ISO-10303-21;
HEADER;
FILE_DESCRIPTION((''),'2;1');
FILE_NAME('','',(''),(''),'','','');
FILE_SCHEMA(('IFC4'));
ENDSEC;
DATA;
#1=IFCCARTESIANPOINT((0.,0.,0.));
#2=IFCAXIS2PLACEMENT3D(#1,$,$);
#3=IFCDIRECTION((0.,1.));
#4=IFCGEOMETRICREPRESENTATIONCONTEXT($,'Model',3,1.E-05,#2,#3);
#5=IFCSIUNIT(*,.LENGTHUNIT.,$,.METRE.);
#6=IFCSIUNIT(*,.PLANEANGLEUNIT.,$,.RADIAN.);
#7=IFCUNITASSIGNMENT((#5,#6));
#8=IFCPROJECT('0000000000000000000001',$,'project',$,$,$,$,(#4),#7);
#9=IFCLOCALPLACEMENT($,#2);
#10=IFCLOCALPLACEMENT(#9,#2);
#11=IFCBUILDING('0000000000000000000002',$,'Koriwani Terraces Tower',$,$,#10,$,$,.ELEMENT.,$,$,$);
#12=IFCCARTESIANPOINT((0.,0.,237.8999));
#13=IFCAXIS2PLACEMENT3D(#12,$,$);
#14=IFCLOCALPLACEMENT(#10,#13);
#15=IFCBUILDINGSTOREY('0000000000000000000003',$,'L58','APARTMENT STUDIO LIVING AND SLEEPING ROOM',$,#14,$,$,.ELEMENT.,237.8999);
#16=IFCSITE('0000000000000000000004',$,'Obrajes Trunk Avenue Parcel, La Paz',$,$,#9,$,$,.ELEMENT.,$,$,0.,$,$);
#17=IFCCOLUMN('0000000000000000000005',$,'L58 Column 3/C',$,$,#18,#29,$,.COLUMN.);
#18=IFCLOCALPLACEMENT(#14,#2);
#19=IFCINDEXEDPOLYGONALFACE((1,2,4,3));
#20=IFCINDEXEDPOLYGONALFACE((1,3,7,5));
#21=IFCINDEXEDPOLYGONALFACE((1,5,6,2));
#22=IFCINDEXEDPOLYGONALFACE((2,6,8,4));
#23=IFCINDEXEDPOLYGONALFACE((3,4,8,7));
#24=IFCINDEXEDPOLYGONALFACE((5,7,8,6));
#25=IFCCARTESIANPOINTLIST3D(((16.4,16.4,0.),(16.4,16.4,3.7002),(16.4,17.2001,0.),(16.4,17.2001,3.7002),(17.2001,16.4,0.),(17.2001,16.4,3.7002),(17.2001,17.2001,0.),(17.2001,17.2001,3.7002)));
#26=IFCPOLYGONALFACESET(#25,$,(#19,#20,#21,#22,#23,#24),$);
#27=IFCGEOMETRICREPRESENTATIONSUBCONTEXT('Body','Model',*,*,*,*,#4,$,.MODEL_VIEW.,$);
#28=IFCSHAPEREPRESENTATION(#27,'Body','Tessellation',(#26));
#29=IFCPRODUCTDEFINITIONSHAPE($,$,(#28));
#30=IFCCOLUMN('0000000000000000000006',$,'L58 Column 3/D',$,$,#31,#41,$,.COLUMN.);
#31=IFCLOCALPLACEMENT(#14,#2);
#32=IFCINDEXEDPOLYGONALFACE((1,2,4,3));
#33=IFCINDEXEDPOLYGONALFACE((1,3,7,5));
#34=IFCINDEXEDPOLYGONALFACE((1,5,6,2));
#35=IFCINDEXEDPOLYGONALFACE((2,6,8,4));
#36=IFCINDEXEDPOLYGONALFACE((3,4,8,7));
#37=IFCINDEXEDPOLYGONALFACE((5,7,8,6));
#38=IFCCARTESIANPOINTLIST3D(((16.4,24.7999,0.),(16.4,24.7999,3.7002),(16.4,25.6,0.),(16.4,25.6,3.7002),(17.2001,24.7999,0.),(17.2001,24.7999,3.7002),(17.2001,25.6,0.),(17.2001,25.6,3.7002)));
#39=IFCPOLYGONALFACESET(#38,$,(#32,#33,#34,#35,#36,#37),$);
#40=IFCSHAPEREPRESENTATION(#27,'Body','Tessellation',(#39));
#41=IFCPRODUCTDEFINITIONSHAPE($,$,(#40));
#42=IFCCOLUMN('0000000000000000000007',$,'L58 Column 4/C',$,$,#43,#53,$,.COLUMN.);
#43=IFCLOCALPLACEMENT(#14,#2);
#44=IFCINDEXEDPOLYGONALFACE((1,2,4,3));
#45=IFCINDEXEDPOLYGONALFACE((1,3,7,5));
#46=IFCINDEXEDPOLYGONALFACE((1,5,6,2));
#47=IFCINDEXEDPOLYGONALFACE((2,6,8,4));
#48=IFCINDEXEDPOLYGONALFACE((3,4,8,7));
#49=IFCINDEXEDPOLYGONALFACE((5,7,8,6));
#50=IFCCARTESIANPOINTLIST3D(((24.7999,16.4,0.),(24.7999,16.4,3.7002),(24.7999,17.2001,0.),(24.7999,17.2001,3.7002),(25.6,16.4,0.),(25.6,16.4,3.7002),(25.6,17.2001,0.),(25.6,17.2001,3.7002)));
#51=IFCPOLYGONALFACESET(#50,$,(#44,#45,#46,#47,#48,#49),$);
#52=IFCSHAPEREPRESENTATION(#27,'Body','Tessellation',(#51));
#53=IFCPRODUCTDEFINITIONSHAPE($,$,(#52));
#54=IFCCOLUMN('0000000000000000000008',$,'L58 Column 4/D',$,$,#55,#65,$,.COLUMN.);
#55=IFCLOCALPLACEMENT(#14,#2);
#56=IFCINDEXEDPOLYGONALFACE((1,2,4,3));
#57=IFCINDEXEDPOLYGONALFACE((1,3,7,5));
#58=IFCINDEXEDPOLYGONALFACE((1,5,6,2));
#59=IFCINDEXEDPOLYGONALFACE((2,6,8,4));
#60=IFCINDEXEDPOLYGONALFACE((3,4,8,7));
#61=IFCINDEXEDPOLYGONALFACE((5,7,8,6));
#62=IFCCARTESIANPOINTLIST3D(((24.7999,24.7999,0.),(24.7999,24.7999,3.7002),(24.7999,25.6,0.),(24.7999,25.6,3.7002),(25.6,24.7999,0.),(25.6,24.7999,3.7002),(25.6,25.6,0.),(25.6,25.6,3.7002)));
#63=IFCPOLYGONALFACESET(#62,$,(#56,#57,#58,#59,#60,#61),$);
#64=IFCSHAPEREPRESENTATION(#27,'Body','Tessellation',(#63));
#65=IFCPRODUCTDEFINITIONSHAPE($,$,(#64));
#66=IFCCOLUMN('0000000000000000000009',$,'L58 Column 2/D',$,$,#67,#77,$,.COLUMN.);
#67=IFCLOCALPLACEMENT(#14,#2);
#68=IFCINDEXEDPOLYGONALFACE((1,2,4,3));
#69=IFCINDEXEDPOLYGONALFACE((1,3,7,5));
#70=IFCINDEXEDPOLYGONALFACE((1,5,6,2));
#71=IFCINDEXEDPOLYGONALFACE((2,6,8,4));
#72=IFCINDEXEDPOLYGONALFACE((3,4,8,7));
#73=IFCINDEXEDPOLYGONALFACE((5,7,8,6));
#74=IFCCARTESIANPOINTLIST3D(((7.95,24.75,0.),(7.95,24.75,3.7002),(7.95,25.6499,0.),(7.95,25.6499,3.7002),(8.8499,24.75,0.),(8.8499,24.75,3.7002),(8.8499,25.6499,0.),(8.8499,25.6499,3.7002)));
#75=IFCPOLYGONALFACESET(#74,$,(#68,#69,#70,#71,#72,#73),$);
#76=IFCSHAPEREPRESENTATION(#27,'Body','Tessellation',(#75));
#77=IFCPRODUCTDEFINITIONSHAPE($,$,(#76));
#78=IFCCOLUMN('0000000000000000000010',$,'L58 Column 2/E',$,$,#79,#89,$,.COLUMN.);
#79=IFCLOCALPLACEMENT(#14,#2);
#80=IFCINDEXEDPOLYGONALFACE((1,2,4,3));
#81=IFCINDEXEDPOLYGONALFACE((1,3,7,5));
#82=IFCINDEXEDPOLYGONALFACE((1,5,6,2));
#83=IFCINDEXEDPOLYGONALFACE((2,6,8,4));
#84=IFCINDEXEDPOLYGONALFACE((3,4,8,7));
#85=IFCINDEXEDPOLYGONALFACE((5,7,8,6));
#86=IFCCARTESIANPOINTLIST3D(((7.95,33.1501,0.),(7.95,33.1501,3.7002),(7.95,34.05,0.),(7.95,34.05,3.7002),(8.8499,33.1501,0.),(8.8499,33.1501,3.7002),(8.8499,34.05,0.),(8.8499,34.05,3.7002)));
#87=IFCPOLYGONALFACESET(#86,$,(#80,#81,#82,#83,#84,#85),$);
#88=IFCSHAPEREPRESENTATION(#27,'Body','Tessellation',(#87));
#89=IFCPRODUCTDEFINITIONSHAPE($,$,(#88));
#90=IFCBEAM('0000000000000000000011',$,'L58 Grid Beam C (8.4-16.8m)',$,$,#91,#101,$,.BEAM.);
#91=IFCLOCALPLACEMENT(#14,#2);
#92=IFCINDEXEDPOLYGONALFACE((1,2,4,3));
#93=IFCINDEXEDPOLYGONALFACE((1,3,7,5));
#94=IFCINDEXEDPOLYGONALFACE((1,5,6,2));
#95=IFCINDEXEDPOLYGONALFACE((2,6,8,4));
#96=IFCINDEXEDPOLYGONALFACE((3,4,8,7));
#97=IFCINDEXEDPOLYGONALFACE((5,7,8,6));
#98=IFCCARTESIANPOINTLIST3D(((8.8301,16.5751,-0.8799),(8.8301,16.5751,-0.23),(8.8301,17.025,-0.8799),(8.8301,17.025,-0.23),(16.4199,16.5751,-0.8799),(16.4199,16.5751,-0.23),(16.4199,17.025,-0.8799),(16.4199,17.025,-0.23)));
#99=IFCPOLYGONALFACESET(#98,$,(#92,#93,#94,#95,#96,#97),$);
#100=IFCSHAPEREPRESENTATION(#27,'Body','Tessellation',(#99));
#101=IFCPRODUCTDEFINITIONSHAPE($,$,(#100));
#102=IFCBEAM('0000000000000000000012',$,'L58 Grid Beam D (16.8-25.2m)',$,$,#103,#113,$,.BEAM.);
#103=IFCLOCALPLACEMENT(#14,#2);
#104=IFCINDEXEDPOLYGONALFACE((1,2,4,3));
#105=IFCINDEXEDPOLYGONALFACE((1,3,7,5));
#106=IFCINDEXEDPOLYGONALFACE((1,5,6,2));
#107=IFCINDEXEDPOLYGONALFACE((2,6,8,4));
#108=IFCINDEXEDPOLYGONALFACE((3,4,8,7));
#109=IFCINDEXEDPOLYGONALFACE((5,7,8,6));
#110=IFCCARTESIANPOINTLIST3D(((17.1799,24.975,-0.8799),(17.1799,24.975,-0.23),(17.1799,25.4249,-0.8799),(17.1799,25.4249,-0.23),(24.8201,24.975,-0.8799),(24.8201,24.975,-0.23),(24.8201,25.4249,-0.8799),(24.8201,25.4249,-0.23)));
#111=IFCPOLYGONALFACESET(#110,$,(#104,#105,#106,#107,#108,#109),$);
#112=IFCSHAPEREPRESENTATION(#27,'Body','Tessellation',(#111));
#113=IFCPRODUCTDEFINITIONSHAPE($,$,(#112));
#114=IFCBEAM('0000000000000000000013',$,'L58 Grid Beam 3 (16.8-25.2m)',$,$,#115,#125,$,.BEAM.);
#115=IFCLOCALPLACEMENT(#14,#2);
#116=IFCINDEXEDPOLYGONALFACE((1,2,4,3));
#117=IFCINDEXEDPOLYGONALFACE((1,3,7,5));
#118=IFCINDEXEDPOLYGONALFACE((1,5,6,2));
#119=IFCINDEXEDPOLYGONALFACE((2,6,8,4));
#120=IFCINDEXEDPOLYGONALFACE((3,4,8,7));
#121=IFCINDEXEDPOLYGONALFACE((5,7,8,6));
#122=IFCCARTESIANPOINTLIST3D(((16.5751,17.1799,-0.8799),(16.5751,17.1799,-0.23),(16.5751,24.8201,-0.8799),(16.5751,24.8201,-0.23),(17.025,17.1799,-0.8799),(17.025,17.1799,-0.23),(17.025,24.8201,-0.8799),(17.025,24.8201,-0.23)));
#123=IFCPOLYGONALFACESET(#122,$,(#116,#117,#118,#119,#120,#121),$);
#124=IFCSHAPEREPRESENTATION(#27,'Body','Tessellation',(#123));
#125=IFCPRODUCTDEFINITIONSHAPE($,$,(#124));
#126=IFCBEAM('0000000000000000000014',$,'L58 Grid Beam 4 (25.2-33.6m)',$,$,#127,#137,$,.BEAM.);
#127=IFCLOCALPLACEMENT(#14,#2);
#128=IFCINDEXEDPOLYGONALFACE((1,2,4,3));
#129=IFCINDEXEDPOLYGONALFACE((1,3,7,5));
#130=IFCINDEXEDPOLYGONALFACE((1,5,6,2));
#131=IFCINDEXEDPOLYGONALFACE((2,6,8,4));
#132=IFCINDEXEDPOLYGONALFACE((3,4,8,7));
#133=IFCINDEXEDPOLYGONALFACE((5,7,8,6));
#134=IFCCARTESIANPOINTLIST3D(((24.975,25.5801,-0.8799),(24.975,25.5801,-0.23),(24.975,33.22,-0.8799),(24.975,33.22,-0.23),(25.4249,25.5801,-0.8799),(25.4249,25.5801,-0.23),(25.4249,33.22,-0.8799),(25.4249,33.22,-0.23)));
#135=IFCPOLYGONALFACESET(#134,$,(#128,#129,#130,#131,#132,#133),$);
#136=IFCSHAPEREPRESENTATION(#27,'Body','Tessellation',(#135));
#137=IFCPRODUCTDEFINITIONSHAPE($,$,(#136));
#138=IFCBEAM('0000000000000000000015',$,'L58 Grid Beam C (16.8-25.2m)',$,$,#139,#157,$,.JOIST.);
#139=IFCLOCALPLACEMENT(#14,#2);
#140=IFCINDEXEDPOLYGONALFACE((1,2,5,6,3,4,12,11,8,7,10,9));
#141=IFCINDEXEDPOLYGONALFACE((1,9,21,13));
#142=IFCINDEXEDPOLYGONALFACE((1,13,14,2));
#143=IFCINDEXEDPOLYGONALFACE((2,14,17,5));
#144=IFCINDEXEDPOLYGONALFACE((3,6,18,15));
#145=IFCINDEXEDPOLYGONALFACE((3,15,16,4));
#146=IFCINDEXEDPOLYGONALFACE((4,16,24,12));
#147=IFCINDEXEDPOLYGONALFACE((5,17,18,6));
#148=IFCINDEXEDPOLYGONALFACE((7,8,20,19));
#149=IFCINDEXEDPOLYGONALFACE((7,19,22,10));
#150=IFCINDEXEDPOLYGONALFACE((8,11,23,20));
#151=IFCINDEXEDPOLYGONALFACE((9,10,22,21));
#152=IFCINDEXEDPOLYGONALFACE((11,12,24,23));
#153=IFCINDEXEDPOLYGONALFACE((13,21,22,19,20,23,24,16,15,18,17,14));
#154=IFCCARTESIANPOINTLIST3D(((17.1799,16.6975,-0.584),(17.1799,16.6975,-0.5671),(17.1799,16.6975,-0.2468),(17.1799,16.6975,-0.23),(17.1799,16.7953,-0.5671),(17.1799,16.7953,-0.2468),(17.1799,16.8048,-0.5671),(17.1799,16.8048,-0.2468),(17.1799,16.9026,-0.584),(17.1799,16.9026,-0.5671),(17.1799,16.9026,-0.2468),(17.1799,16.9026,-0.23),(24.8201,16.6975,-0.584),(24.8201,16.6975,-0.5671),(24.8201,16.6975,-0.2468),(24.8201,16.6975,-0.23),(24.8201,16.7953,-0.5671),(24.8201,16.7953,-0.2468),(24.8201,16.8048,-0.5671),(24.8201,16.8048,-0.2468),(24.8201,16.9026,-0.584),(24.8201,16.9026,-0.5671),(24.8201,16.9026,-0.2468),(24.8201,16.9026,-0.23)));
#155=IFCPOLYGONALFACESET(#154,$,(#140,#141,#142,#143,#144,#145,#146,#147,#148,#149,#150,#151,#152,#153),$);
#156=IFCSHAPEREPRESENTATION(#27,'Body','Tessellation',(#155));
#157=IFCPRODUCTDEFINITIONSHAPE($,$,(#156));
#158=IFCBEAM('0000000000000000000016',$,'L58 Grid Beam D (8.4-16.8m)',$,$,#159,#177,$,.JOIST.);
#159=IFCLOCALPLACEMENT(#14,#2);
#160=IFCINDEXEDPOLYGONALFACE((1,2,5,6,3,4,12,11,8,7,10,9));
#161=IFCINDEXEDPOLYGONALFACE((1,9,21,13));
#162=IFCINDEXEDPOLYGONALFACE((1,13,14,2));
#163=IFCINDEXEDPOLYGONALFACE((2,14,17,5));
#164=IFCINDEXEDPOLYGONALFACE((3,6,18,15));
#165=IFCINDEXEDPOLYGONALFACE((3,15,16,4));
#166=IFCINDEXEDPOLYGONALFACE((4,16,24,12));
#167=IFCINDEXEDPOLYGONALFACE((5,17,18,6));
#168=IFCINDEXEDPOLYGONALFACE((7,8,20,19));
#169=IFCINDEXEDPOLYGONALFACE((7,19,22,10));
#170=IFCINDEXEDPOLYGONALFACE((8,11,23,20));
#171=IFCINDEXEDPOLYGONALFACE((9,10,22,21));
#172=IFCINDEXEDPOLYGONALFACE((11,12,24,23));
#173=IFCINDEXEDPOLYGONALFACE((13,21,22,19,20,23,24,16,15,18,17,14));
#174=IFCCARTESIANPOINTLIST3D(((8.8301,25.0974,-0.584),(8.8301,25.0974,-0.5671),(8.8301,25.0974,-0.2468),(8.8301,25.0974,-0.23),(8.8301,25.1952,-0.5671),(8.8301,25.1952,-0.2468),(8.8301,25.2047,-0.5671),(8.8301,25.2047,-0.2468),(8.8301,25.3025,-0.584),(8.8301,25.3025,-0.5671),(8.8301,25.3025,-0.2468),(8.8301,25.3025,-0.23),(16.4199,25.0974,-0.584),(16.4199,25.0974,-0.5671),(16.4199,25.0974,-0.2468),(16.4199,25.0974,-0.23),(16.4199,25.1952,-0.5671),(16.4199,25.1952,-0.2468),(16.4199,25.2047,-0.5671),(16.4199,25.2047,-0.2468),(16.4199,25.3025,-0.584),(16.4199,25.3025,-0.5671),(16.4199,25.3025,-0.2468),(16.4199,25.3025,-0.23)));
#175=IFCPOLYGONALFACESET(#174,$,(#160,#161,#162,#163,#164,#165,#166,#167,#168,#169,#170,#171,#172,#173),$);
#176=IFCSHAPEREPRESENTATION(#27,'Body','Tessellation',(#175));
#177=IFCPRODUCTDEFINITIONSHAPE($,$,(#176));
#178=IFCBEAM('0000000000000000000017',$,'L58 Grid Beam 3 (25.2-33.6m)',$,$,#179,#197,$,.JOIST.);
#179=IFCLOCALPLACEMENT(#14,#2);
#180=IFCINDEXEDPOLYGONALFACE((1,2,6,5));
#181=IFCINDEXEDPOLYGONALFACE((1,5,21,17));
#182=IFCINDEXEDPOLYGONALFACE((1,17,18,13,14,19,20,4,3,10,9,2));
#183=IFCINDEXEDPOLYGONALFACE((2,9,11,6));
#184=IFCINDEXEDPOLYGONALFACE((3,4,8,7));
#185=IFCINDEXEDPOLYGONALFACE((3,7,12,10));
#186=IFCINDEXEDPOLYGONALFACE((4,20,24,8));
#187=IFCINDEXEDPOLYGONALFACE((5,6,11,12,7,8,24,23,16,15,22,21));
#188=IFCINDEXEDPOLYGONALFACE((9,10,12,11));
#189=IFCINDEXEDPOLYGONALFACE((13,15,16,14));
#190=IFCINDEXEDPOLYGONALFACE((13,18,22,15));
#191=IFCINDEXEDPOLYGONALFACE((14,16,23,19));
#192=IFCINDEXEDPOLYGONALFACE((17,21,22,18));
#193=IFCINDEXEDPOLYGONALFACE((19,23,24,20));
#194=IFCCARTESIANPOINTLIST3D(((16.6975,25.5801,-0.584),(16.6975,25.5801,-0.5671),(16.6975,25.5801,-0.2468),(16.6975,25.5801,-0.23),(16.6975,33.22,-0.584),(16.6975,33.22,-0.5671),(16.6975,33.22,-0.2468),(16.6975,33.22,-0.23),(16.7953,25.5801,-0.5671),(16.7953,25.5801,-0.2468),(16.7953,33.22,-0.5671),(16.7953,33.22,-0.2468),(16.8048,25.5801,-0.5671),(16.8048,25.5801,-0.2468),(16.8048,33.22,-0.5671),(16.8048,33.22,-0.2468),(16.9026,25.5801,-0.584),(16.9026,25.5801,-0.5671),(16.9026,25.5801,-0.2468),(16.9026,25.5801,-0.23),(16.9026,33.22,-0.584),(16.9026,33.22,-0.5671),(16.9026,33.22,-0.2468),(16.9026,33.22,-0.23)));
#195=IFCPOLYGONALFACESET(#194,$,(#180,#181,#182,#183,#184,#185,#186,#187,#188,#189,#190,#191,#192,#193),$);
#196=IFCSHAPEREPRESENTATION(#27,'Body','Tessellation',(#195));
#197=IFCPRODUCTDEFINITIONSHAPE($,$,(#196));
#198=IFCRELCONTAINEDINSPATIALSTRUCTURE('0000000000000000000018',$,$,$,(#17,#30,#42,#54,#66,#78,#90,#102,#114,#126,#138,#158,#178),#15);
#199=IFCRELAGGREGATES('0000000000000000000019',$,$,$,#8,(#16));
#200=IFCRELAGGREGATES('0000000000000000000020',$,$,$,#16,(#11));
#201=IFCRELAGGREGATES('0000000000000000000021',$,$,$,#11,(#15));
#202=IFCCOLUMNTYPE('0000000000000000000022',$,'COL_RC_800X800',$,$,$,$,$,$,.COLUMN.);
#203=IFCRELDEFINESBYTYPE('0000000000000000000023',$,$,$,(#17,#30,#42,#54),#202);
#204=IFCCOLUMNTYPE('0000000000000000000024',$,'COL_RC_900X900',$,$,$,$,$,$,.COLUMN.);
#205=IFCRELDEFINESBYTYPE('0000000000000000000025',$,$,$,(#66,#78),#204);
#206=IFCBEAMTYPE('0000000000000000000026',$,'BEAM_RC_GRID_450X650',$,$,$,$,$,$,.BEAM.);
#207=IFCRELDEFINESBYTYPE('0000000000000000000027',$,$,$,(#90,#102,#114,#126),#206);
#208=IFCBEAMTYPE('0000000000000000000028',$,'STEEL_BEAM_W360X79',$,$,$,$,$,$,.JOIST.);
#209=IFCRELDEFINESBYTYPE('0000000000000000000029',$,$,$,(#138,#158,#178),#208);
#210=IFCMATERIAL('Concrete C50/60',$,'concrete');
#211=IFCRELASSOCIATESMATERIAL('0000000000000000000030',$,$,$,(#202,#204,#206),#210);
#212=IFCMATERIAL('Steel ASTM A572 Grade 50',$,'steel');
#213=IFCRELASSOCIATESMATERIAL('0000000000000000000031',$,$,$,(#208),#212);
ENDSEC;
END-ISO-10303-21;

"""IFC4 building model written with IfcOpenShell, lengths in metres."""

from ifc_helpers import new_model, si_unit, direction, frame, origin, origin_2d, place, context, subcontext, project, spatial, rectangle, i_section, extrude, material, material_profile, profile_set, type_object, element, save


model = new_model("IFC4")

# Units and contexts
model_context = context("Model", 3, precision=1e-05, world=origin(), true_north=direction((0.0, 1.0)))
body_context = subcontext(model_context, "Body", "Model", "MODEL_VIEW")
ifc_project = project(units=[si_unit("LENGTHUNIT", "METRE"), si_unit("PLANEANGLEUNIT", "RADIAN")], contexts=[model_context])

# Site, building, storey
site_placement = place(None, origin())
site = spatial("IfcSite", under=ifc_project, at=site_placement, Name="Obrajes Trunk Avenue Parcel, La Paz", CompositionType="ELEMENT", RefElevation=0.0)
building_placement = place(site_placement, origin())
building = spatial("IfcBuilding", under=site, at=building_placement, Name="Koriwani Terraces Tower", CompositionType="ELEMENT")
storey_placement = place(building_placement, frame((0.0, 0.0, 237.8999)))
storey = spatial("IfcBuildingStorey", under=building, at=storey_placement, Name="L58", Description="APARTMENT STUDIO LIVING AND SLEEPING ROOM", CompositionType="ELEMENT", Elevation=237.8999)

# Columns
ifc_material_1 = material(Name="Concrete C50/60", Category="concrete")
ifc_material_profile_1 = material_profile(ifc_material_1, rectangle(XDim=0.8, YDim=0.8, at=origin_2d()), Name="Concrete C50/60", Category="LoadBearing")
ifc_profile_set_1 = profile_set([ifc_material_profile_1], Name="Concrete C50/60")
column_type_1 = type_object("IfcColumnType", Name="COL_RC_800X800", PredefinedType="COLUMN", material=ifc_profile_set_1)
for number, where, z_axis, x_axis, name in (
    (1, (16.8, 16.8, 0.0), (0.0, 0.0, 1.0), (1.0, 0.0, 0.0), "L58 Column 3/C"),
    (2, (16.8, 25.2, 0.0), (0.0, 0.0, 1.0), (1.0, 0.0, 0.0), "L58 Column 3/D"),
    (3, (25.2, 16.8, 0.0), (0.0, 0.0, 1.0), (1.0, 0.0, 0.0), "L58 Column 4/C"),
    (4, (25.2, 25.2, 0.0), (0.0, 0.0, 1.0), (1.0, 0.0, 0.0), "L58 Column 4/D"),
):
    element("IfcColumn", number, at=place(storey_placement, frame(where, z_axis=z_axis, x_axis=x_axis)), inside=storey, type_object=column_type_1, Name=name, PredefinedType="COLUMN", context=body_context, shape_type="SweptSolid", body=[
        extrude(rectangle(XDim=0.8, YDim=0.8, at=origin_2d()), origin(), (0.0, 0.0, 1.0), 3.7002),
    ])
ifc_material_profile_2 = material_profile(ifc_material_1, rectangle(XDim=0.8999, YDim=0.8999, at=origin_2d()), Name="Concrete C50/60", Category="LoadBearing")
ifc_profile_set_2 = profile_set([ifc_material_profile_2], Name="Concrete C50/60")
column_type_2 = type_object("IfcColumnType", Name="COL_RC_900X900", PredefinedType="COLUMN", material=ifc_profile_set_2)
for number, where, z_axis, x_axis, name in (
    (5, (8.3999, 25.2, 0.0), (0.0, 0.0, 1.0), (1.0, 0.0, 0.0), "L58 Column 2/D"),
    (6, (8.3999, 33.6001, 0.0), (0.0, 0.0, 1.0), (1.0, 0.0, 0.0), "L58 Column 2/E"),
):
    element("IfcColumn", number, at=place(storey_placement, frame(where, z_axis=z_axis, x_axis=x_axis)), inside=storey, type_object=column_type_2, Name=name, PredefinedType="COLUMN", context=body_context, shape_type="SweptSolid", body=[
        extrude(rectangle(XDim=0.8999, YDim=0.8999, at=origin_2d()), origin(), (0.0, 0.0, 1.0), 3.7002),
    ])

# Beams
ifc_material_profile_3 = material_profile(ifc_material_1, rectangle(XDim=0.45, YDim=0.6499, at=origin_2d()), Name="Concrete C50/60", Category="LoadBearing")
ifc_profile_set_3 = profile_set([ifc_material_profile_3], Name="Concrete C50/60")
beam_type_1 = type_object("IfcBeamType", Name="BEAM_RC_GRID_450X650", PredefinedType="BEAM", material=ifc_profile_set_3)
beam_1_placement = place(storey_placement, frame((8.8301, 16.8, -0.5549), z_axis=(1.0, 0.0, 0.0), x_axis=(0.0, 1.0, 0.0)))
element("IfcBeam", 7, at=beam_1_placement, inside=storey, type_object=beam_type_1, Name="L58 Grid Beam C (8.4-16.8m)", PredefinedType="BEAM", context=body_context, shape_type="SweptSolid", body=[
    extrude(rectangle(XDim=0.45, YDim=0.6499, at=origin_2d()), origin(), (0.0, 0.0, 1.0), 7.5898),
])
for number, where, z_axis, x_axis, name in (
    (8, (17.1799, 25.2, -0.5549), (1.0, 0.0, 0.0), (0.0, 1.0, 0.0), "L58 Grid Beam D (16.8-25.2m)"),
    (9, (16.8, 17.1799, -0.5549), (0.0, 1.0, 0.0), (-1.0, 0.0, 0.0), "L58 Grid Beam 3 (16.8-25.2m)"),
):
    element("IfcBeam", number, at=place(storey_placement, frame(where, z_axis=z_axis, x_axis=x_axis)), inside=storey, type_object=beam_type_1, Name=name, PredefinedType="BEAM", context=body_context, shape_type="SweptSolid", body=[
        extrude(rectangle(XDim=0.45, YDim=0.6499, at=origin_2d()), origin(), (0.0, 0.0, 1.0), 7.6401),
    ])
beam_2_placement = place(storey_placement, frame((25.2, 25.5801, -0.5549), z_axis=(0.0, 1.0, 0.0), x_axis=(-1.0, 0.0, 0.0)))
element("IfcBeam", 10, at=beam_2_placement, inside=storey, type_object=beam_type_1, Name="L58 Grid Beam 4 (25.2-33.6m)", PredefinedType="BEAM", context=body_context, shape_type="SweptSolid", body=[
    extrude(rectangle(XDim=0.45, YDim=0.6499, at=origin_2d()), origin(), (0.0, 0.0, 1.0), 7.6399),
])
ifc_material_2 = material(Name="Steel ASTM A572 Grade 50", Category="steel")
ifc_material_profile_4 = material_profile(ifc_material_2, i_section(OverallWidth=0.2051, OverallDepth=0.354, WebThickness=0.0095, FlangeThickness=0.0168, at=origin_2d()), Name="Steel ASTM A572 Grade 50", Category="LoadBearing")
ifc_profile_set_4 = profile_set([ifc_material_profile_4], Name="Steel ASTM A572 Grade 50")
beam_type_2 = type_object("IfcBeamType", Name="STEEL_BEAM_W360X79", PredefinedType="JOIST", material=ifc_profile_set_4)
beam_3_placement = place(storey_placement, frame((17.1799, 16.8, -0.407), z_axis=(1.0, 0.0, 0.0), x_axis=(0.0, 1.0, 0.0)))
element("IfcBeam", 11, at=beam_3_placement, inside=storey, type_object=beam_type_2, Name="L58 Grid Beam C (16.8-25.2m)", PredefinedType="JOIST", context=body_context, shape_type="SweptSolid", body=[
    extrude(i_section(OverallWidth=0.2051, OverallDepth=0.354, WebThickness=0.0095, FlangeThickness=0.0168, at=origin_2d()), origin(), (0.0, 0.0, 1.0), 7.6401),
])
beam_4_placement = place(storey_placement, frame((8.8301, 25.2, -0.407), z_axis=(1.0, 0.0, 0.0), x_axis=(0.0, 1.0, 0.0)))
element("IfcBeam", 12, at=beam_4_placement, inside=storey, type_object=beam_type_2, Name="L58 Grid Beam D (8.4-16.8m)", PredefinedType="JOIST", context=body_context, shape_type="SweptSolid", body=[
    extrude(i_section(OverallWidth=0.2051, OverallDepth=0.354, WebThickness=0.0095, FlangeThickness=0.0168, at=origin_2d()), origin(), (0.0, 0.0, 1.0), 7.5898),
])
beam_5_placement = place(storey_placement, frame((16.8, 25.5801, -0.407), z_axis=(0.0, 1.0, 0.0), x_axis=(-1.0, 0.0, 0.0)))
element("IfcBeam", 13, at=beam_5_placement, inside=storey, type_object=beam_type_2, Name="L58 Grid Beam 3 (25.2-33.6m)", PredefinedType="JOIST", context=body_context, shape_type="SweptSolid", body=[
    extrude(i_section(OverallWidth=0.2051, OverallDepth=0.354, WebThickness=0.0095, FlangeThickness=0.0168, at=origin_2d()), origin(), (0.0, 0.0, 1.0), 7.6399),
])

save(model, "model.ifc")
